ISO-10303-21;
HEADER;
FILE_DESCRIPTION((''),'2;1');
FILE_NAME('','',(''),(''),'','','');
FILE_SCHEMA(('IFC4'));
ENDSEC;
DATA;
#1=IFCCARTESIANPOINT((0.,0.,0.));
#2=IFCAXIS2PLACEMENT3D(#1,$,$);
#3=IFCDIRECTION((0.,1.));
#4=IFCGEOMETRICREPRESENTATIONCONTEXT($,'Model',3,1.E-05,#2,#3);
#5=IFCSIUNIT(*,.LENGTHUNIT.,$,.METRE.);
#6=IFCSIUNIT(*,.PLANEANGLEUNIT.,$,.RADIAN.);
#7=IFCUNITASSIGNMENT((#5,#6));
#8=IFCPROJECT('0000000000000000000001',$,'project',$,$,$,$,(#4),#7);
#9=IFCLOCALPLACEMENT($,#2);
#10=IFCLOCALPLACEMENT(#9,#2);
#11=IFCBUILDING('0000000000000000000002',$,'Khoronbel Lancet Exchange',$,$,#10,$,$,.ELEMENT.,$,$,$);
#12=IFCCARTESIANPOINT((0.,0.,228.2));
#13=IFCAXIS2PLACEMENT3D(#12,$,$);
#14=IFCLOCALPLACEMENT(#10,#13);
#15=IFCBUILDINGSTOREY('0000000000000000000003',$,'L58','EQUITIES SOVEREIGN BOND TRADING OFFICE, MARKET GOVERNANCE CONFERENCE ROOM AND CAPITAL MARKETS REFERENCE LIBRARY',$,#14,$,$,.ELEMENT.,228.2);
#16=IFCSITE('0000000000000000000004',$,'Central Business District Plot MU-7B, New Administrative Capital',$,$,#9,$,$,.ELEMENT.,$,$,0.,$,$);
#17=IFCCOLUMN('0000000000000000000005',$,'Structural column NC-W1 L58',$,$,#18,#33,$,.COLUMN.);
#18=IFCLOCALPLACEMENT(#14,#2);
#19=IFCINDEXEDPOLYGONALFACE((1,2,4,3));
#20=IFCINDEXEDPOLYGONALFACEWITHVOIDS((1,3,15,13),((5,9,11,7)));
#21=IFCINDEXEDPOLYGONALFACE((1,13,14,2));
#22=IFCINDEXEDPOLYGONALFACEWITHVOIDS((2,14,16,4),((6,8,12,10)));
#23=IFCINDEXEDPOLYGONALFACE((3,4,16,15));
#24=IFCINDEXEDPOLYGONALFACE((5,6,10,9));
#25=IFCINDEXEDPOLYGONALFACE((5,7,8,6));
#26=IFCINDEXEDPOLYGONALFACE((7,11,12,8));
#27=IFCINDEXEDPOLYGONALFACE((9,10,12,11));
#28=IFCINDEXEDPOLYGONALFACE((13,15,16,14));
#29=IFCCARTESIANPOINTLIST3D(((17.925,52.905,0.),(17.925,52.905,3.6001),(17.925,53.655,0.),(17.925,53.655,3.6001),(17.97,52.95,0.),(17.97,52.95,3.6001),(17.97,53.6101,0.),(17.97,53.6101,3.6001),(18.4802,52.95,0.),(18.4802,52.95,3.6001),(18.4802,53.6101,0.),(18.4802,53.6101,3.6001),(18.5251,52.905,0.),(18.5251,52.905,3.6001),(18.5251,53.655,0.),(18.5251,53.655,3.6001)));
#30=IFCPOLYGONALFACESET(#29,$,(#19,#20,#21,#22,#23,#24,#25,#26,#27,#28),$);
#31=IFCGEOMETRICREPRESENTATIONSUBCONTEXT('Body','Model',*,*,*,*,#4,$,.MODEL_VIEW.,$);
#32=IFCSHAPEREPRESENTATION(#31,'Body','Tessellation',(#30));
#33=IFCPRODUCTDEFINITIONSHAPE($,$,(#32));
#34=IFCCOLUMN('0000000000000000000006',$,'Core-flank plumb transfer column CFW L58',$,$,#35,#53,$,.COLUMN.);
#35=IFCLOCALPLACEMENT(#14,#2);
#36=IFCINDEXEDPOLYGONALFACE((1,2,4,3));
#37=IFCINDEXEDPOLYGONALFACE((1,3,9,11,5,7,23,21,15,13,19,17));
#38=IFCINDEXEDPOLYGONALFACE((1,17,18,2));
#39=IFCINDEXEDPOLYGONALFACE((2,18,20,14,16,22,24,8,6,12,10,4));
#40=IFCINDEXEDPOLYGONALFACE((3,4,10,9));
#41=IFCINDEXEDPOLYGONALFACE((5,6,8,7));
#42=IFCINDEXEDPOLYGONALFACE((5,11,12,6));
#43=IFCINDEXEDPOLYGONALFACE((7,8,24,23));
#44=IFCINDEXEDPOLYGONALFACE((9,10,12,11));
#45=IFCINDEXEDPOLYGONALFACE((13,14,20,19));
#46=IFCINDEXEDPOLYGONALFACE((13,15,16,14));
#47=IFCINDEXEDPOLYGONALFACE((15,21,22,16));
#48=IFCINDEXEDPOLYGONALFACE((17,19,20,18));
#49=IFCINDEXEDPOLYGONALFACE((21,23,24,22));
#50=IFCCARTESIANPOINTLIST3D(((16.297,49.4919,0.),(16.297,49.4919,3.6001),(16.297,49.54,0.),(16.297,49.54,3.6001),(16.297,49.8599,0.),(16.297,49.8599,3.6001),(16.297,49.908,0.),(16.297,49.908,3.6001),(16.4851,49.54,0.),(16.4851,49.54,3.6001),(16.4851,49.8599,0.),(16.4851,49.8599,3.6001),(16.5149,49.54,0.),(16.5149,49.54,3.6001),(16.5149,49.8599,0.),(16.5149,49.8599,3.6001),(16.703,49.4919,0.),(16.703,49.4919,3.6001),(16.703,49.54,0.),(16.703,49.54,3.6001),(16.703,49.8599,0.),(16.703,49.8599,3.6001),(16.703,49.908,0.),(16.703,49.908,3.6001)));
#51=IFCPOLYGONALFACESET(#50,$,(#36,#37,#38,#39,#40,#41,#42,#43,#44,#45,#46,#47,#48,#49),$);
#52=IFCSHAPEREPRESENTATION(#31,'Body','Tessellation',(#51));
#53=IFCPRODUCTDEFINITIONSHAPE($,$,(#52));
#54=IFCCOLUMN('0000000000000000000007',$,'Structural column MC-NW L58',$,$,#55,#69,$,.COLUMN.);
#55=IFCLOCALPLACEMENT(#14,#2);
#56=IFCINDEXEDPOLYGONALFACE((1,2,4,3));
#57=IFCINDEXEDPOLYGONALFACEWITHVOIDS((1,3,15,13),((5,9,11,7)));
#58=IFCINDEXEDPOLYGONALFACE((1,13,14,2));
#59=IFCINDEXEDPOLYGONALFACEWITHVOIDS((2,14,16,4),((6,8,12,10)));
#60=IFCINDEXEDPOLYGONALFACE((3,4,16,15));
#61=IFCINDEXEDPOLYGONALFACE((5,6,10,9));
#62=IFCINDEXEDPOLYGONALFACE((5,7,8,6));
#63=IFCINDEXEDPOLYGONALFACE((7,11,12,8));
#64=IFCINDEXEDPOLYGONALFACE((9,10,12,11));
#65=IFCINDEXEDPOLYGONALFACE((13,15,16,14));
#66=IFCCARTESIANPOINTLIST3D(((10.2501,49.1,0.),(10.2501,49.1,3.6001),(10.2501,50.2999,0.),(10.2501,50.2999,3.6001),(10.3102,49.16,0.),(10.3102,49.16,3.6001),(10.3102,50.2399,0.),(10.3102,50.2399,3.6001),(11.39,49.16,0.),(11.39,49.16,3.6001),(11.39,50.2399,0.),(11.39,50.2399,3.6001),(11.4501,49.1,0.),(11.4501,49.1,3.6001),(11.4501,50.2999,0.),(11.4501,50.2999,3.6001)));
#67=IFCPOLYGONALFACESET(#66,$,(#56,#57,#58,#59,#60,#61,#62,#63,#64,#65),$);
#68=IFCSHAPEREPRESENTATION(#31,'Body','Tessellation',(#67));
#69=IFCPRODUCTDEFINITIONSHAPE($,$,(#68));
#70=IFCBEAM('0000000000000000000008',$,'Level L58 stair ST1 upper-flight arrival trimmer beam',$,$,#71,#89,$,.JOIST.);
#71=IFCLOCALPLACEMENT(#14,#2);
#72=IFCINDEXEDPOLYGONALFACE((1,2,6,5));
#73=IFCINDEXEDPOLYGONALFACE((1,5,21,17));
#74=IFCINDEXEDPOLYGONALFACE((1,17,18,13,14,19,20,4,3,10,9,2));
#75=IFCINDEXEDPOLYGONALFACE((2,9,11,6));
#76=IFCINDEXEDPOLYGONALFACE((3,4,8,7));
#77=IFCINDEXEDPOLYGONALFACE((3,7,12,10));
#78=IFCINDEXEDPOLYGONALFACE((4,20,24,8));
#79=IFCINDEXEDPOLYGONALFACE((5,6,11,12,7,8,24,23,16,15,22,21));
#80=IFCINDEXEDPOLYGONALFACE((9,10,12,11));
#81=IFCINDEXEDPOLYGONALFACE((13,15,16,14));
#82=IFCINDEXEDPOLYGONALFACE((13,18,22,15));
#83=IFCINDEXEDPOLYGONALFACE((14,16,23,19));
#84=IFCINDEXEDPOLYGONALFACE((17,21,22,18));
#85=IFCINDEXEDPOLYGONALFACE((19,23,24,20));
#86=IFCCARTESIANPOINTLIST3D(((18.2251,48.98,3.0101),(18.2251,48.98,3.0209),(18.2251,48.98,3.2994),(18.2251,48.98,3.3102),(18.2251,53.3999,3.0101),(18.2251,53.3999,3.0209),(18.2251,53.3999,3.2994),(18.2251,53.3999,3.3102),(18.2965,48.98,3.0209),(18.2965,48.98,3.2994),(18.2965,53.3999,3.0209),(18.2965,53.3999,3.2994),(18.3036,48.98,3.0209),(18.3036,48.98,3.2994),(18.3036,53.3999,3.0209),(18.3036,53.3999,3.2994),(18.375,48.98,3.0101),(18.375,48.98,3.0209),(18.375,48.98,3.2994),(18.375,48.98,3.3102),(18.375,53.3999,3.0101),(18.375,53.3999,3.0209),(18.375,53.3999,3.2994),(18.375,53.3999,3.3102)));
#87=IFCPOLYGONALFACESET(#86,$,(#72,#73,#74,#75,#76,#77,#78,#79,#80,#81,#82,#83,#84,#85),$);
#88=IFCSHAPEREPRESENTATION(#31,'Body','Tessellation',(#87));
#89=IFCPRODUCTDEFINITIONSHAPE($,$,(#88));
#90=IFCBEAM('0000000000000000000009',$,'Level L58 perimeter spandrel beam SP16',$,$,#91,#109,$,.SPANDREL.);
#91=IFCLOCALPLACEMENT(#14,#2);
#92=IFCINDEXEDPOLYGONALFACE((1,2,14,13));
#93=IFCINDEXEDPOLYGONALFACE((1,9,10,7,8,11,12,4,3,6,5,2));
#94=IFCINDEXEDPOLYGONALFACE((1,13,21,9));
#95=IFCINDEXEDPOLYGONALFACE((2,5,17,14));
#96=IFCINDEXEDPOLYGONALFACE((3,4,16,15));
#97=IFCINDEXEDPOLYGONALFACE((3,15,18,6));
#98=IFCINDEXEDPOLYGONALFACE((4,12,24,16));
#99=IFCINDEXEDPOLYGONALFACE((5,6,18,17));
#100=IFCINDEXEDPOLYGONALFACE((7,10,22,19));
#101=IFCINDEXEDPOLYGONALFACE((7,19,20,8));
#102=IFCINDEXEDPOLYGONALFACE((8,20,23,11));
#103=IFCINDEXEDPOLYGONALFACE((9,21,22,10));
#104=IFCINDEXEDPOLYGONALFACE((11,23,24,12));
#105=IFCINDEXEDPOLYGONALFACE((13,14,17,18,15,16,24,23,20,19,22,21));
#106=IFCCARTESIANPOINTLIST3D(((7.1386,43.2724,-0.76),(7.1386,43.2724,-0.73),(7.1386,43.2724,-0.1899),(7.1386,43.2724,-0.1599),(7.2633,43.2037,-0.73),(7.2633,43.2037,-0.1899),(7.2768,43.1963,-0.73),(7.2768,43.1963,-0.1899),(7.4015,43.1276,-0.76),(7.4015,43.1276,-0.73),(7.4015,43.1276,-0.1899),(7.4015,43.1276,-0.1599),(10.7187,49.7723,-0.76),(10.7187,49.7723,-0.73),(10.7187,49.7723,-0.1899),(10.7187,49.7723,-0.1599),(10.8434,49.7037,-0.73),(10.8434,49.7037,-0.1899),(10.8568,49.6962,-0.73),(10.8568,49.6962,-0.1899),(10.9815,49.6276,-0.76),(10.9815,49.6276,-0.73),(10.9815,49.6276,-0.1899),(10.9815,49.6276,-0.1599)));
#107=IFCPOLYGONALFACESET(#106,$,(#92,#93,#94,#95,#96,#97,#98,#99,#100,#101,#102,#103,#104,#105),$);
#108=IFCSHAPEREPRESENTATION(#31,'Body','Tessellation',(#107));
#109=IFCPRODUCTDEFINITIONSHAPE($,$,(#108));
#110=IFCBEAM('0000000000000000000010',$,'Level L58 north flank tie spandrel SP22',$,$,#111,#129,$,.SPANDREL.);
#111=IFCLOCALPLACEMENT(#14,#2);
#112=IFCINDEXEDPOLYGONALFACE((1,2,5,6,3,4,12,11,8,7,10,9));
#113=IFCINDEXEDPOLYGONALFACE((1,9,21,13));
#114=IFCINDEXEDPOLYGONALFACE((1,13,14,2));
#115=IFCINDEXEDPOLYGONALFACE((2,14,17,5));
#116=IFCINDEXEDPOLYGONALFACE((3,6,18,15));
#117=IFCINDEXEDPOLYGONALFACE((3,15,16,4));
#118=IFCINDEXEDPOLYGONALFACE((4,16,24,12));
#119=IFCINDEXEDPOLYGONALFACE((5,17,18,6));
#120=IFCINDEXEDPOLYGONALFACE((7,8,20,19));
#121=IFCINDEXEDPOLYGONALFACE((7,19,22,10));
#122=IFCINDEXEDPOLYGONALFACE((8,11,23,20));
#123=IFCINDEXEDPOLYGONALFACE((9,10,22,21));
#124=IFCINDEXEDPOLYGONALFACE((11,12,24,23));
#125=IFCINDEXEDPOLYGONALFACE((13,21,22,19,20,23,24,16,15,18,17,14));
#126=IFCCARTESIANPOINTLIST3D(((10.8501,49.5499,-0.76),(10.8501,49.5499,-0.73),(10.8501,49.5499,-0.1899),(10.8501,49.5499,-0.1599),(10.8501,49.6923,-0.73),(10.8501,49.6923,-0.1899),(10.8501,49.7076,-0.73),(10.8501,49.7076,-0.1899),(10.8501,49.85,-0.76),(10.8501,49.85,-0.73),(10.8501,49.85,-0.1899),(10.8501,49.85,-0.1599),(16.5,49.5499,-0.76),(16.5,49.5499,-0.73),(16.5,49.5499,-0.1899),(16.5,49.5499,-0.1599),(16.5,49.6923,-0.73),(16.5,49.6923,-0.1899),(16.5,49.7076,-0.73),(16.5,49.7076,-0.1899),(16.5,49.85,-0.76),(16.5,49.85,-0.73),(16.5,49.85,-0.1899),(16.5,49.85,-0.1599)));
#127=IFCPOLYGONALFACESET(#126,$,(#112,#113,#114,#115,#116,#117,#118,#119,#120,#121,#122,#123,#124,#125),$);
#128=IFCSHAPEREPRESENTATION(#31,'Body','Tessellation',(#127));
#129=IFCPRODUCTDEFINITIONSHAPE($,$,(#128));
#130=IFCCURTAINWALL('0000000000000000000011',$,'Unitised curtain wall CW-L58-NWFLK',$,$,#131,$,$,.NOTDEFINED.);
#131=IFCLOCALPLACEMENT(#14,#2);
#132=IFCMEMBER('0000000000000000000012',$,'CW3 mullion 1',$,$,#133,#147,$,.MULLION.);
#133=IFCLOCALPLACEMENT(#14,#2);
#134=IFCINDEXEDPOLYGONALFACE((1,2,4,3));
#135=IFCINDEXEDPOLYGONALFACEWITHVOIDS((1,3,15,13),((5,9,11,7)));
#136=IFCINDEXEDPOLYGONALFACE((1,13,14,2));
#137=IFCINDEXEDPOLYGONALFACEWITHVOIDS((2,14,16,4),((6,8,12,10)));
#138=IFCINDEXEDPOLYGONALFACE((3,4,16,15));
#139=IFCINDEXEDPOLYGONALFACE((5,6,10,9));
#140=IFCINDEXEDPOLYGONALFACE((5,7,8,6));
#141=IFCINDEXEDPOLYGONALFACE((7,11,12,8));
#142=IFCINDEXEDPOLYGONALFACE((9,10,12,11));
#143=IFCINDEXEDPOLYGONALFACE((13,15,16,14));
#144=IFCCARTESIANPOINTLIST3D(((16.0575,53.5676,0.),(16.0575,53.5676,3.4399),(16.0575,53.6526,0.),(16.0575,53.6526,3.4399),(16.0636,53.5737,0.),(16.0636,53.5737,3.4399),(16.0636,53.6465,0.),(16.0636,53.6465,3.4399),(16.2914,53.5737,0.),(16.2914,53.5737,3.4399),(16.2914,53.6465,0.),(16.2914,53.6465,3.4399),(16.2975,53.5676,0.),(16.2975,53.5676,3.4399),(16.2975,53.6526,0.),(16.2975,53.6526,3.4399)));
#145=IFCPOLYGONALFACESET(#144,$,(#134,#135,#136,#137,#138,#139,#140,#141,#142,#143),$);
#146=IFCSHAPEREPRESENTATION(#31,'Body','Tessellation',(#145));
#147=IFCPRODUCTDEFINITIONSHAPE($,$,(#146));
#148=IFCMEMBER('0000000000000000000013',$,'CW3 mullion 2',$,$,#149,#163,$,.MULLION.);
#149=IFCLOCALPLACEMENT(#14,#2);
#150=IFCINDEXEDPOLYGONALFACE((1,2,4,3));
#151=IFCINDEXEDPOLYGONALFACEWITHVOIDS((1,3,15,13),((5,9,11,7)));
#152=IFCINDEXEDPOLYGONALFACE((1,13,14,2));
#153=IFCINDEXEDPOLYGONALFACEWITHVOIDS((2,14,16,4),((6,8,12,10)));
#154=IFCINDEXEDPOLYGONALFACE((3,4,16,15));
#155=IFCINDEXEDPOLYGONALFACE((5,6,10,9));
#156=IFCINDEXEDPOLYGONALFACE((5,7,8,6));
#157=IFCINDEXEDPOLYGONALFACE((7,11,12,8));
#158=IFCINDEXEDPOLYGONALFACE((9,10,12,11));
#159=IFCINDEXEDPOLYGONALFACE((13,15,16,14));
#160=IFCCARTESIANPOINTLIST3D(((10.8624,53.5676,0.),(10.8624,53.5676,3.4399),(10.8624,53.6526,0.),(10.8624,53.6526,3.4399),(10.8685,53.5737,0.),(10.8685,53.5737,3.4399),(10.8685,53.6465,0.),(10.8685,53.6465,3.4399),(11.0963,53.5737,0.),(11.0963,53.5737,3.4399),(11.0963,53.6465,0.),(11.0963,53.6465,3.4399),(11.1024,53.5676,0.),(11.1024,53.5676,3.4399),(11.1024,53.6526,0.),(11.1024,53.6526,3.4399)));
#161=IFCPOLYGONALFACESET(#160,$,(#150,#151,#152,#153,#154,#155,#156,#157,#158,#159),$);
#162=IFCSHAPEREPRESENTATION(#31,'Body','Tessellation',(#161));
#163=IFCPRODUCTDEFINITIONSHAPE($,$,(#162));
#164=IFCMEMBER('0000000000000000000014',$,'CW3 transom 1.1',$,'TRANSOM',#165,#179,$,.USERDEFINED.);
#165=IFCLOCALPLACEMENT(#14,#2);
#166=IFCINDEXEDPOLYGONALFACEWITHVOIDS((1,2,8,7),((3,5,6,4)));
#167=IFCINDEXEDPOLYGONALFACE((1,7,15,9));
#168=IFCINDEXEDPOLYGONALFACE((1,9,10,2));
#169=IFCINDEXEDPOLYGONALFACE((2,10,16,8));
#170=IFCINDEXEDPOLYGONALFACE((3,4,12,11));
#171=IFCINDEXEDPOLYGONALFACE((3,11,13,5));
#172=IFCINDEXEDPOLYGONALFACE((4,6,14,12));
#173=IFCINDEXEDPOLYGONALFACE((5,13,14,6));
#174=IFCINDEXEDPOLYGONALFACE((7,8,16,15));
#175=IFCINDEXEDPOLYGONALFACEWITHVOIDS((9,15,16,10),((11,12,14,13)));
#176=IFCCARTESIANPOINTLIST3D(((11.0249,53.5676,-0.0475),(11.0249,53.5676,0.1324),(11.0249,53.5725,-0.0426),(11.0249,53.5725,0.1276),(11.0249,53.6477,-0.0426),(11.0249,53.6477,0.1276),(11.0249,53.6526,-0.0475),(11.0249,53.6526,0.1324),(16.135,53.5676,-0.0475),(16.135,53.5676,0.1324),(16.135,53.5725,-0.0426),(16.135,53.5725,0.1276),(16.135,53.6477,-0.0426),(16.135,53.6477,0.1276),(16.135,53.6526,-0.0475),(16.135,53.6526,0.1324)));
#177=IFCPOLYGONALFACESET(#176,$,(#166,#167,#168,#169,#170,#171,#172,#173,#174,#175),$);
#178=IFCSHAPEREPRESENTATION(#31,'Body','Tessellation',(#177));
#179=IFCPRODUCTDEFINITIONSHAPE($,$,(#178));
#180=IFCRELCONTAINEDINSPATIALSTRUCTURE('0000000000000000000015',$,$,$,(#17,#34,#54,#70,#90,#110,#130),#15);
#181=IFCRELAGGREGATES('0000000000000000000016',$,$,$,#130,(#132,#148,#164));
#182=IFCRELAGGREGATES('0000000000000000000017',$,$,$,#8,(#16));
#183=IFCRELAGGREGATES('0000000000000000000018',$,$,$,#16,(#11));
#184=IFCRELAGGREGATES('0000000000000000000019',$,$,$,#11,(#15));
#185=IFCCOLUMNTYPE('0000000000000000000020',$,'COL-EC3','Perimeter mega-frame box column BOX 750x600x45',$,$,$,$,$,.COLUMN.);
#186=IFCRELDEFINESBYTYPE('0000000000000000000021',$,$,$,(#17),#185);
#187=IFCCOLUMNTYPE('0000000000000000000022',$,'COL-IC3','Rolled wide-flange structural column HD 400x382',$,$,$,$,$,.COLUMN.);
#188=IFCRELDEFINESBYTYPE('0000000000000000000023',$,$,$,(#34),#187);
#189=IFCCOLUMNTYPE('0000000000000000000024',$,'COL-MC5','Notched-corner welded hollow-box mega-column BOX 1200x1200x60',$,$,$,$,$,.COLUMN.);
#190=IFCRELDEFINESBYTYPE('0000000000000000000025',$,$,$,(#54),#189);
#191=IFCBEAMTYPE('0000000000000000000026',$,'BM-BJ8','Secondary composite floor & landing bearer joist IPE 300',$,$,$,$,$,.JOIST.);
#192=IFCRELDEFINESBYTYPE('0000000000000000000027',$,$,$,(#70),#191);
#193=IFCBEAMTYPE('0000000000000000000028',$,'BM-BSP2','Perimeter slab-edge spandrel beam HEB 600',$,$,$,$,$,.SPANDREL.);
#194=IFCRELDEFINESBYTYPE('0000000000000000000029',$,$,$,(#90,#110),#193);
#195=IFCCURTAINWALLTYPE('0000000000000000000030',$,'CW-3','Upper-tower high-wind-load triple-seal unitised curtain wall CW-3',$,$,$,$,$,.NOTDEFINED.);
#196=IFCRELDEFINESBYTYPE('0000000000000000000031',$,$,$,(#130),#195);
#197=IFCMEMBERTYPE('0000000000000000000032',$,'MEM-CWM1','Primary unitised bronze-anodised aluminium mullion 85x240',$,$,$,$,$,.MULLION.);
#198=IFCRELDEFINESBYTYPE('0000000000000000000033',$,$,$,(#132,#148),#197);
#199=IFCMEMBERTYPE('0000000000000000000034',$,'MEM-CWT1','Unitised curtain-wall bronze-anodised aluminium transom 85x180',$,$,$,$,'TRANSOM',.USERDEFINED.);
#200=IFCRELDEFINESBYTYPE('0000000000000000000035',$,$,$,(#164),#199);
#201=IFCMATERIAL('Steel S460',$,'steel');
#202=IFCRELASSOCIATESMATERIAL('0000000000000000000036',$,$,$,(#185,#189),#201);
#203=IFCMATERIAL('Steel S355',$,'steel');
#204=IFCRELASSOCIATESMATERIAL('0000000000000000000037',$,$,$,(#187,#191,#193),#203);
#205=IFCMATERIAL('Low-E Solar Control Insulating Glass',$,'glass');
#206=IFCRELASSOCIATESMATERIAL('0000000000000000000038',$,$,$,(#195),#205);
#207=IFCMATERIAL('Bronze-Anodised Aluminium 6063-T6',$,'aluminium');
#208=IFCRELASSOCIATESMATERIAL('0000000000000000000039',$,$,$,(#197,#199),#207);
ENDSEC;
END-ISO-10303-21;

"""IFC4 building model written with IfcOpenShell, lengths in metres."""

from ifc_helpers import new_model, si_unit, direction, frame, origin, origin_2d, place, context, subcontext, project, spatial, hollow_rectangle, i_section, extrude, material, material_profile, profile_set, type_object, element, aggregate, save


model = new_model("IFC4")

# Units and contexts
model_context = context("Model", 3, precision=1e-05, world=origin(), true_north=direction((0.0, 1.0)))
body_context = subcontext(model_context, "Body", "Model", "MODEL_VIEW")
ifc_project = project(units=[si_unit("LENGTHUNIT", "METRE"), si_unit("PLANEANGLEUNIT", "RADIAN")], contexts=[model_context])

# Site, building, storey
site_placement = place(None, origin())
site = spatial("IfcSite", under=ifc_project, at=site_placement, Name="Central Business District Plot MU-7B, New Administrative Capital", CompositionType="ELEMENT", RefElevation=0.0)
building_placement = place(site_placement, origin())
building = spatial("IfcBuilding", under=site, at=building_placement, Name="Khoronbel Lancet Exchange", CompositionType="ELEMENT")
storey_placement = place(building_placement, frame((0.0, 0.0, 228.2)))
storey = spatial("IfcBuildingStorey", under=building, at=storey_placement, Name="L58", Description="EQUITIES SOVEREIGN BOND TRADING OFFICE, MARKET GOVERNANCE CONFERENCE ROOM AND CAPITAL MARKETS REFERENCE LIBRARY", CompositionType="ELEMENT", Elevation=228.2)

# Columns
ifc_material_1 = material(Name="Steel S460", Category="steel")
ifc_material_profile_1 = material_profile(ifc_material_1, hollow_rectangle(XDim=0.6001, YDim=0.75, WallThickness=0.0449, at=origin_2d()), Name="BOX 750x600x45")
ifc_profile_set_1 = profile_set([ifc_material_profile_1], Name="Steel S460")
column_type_1 = type_object("IfcColumnType", Name="COL-EC3", Description="Perimeter mega-frame box column BOX 750x600x45", PredefinedType="COLUMN", material=ifc_profile_set_1)
column_1_placement = place(storey_placement, frame((18.2251, 53.28, 0.0), z_axis=(0.0, 0.0, 1.0), x_axis=(1.0, 0.0, 0.0)))
element("IfcColumn", 1, at=column_1_placement, inside=storey, type_object=column_type_1, Name="Structural column NC-W1 L58", PredefinedType="COLUMN", context=body_context, shape_type="SweptSolid", body=[
    extrude(hollow_rectangle(XDim=0.6001, YDim=0.75, WallThickness=0.0449, at=origin_2d()), origin(), (0.0, 0.0, 1.0), 3.6001),
])
ifc_material_2 = material(Name="Steel S355", Category="steel")
ifc_material_profile_2 = material_profile(ifc_material_2, i_section(OverallWidth=0.406, OverallDepth=0.416, WebThickness=0.0298, FlangeThickness=0.0481, at=origin_2d()), Name="HD 400x382")
ifc_profile_set_2 = profile_set([ifc_material_profile_2], Name="Steel S355")
column_type_2 = type_object("IfcColumnType", Name="COL-IC3", Description="Rolled wide-flange structural column HD 400x382", PredefinedType="COLUMN", material=ifc_profile_set_2)
column_2_placement = place(storey_placement, frame((16.5, 49.7, 0.0), z_axis=(0.0, 0.0, 1.0), x_axis=(1.0, 0.0, 0.0)))
element("IfcColumn", 2, at=column_2_placement, inside=storey, type_object=column_type_2, Name="Core-flank plumb transfer column CFW L58", PredefinedType="COLUMN", context=body_context, shape_type="SweptSolid", body=[
    extrude(i_section(OverallWidth=0.406, OverallDepth=0.416, WebThickness=0.0298, FlangeThickness=0.0481, at=origin_2d()), origin(), (0.0, 0.0, 1.0), 3.6001),
])
ifc_material_profile_3 = material_profile(ifc_material_1, hollow_rectangle(XDim=1.2, YDim=1.2, WallThickness=0.0601, at=origin_2d()), Name="BOX 1200x1200x60")
ifc_profile_set_3 = profile_set([ifc_material_profile_3], Name="Steel S460")
column_type_3 = type_object("IfcColumnType", Name="COL-MC5", Description="Notched-corner welded hollow-box mega-column BOX 1200x1200x60", PredefinedType="COLUMN", material=ifc_profile_set_3)
column_3_placement = place(storey_placement, frame((10.8501, 49.7, 0.0), z_axis=(0.0, 0.0, 1.0), x_axis=(1.0, 0.0, 0.0)))
element("IfcColumn", 3, at=column_3_placement, inside=storey, type_object=column_type_3, Name="Structural column MC-NW L58", PredefinedType="COLUMN", context=body_context, shape_type="SweptSolid", body=[
    extrude(hollow_rectangle(XDim=1.2, YDim=1.2, WallThickness=0.0601, at=origin_2d()), origin(), (0.0, 0.0, 1.0), 3.6001),
])

# Beams
ifc_material_profile_4 = material_profile(ifc_material_2, i_section(OverallWidth=0.1499, OverallDepth=0.3, WebThickness=0.0071, FlangeThickness=0.0107, at=origin_2d()), Name="IPE 300")
ifc_profile_set_4 = profile_set([ifc_material_profile_4], Name="Steel S355")
beam_type_1 = type_object("IfcBeamType", Name="BM-BJ8", Description="Secondary composite floor & landing bearer joist IPE 300", PredefinedType="JOIST", material=ifc_profile_set_4)
beam_1_placement = place(storey_placement, frame((18.3, 48.98, 3.1602), z_axis=(0.0, 1.0, 0.0), x_axis=(-1.0, 0.0, 0.0)))
element("IfcBeam", 4, at=beam_1_placement, inside=storey, type_object=beam_type_1, Name="Level L58 stair ST1 upper-flight arrival trimmer beam", PredefinedType="JOIST", context=body_context, shape_type="SweptSolid", body=[
    extrude(i_section(OverallWidth=0.1499, OverallDepth=0.3, WebThickness=0.0071, FlangeThickness=0.0107, at=origin_2d()), origin(), (0.0, 0.0, 1.0), 4.4199),
])
ifc_material_profile_5 = material_profile(ifc_material_2, i_section(OverallWidth=0.3, OverallDepth=0.6001, WebThickness=0.0154, FlangeThickness=0.03, at=origin_2d()), Name="HEB 600")
ifc_profile_set_5 = profile_set([ifc_material_profile_5], Name="Steel S355")
beam_type_2 = type_object("IfcBeamType", Name="BM-BSP2", Description="Perimeter slab-edge spandrel beam HEB 600", PredefinedType="SPANDREL", material=ifc_profile_set_5)
beam_2_placement = place(storey_placement, frame((10.8501, 49.7, -0.46), z_axis=(-0.482444, -0.875927, 0.0), x_axis=(0.875927, -0.482444, 0.0)))
element("IfcBeam", 5, at=beam_2_placement, inside=storey, type_object=beam_type_2, Name="Level L58 perimeter spandrel beam SP16", PredefinedType="SPANDREL", context=body_context, shape_type="SweptSolid", body=[
    extrude(i_section(OverallWidth=0.3, OverallDepth=0.6001, WebThickness=0.0154, FlangeThickness=0.03, at=origin_2d()), origin(), (0.0, 0.0, 1.0), 7.4207),
])
beam_3_placement = place(storey_placement, frame((10.8501, 49.7, -0.46), z_axis=(1.0, 0.0, 0.0), x_axis=(0.0, 1.0, 0.0)))
element("IfcBeam", 6, at=beam_3_placement, inside=storey, type_object=beam_type_2, Name="Level L58 north flank tie spandrel SP22", PredefinedType="SPANDREL", context=body_context, shape_type="SweptSolid", body=[
    extrude(i_section(OverallWidth=0.3, OverallDepth=0.6001, WebThickness=0.0154, FlangeThickness=0.03, at=origin_2d()), origin(), (0.0, 0.0, 1.0), 5.6499),
])

# Curtain wall, members
ifc_material_3 = material(Name="Low-E Solar Control Insulating Glass", Category="glass")
curtain_wall_type = type_object("IfcCurtainWallType", Name="CW-3", Description="Upper-tower high-wind-load triple-seal unitised curtain wall CW-3", PredefinedType="NOTDEFINED", material=ifc_material_3)
curtain_wall_placement = place(storey_placement, origin())
curtain_wall = element("IfcCurtainWall", 7, at=curtain_wall_placement, inside=storey, type_object=curtain_wall_type, Name="Unitised curtain wall CW-L58-NWFLK", PredefinedType="NOTDEFINED")
ifc_material_4 = material(Name="Bronze-Anodised Aluminium 6063-T6", Category="aluminium")
ifc_material_profile_6 = material_profile(ifc_material_4, hollow_rectangle(XDim=0.085, YDim=0.24, WallThickness=0.0061, at=origin_2d()), Name="ALU MULLION 85x240")
ifc_profile_set_6 = profile_set([ifc_material_profile_6], Name="Bronze-Anodised Aluminium 6063-T6")
member_type_1 = type_object("IfcMemberType", Name="MEM-CWM1", Description="Primary unitised bronze-anodised aluminium mullion 85x240", PredefinedType="MULLION", material=ifc_profile_set_6)
member_1_placement = place(storey_placement, frame((16.1775, 53.6101, 0.0), z_axis=(0.0, 0.0, 1.0), x_axis=(0.0, -1.0, 0.0)))
member_1 = element("IfcMember", 8, at=member_1_placement, type_object=member_type_1, Name="CW3 mullion 1", PredefinedType="MULLION", context=body_context, shape_type="SweptSolid", body=[
    extrude(hollow_rectangle(XDim=0.085, YDim=0.24, WallThickness=0.0061, at=origin_2d()), origin(), (0.0, 0.0, 1.0), 3.4399),
])
member_2_placement = place(storey_placement, frame((10.9824, 53.6101, 0.0), z_axis=(0.0, 0.0, 1.0), x_axis=(0.0, -1.0, 0.0)))
member_2 = element("IfcMember", 9, at=member_2_placement, type_object=member_type_1, Name="CW3 mullion 2", PredefinedType="MULLION", context=body_context, shape_type="SweptSolid", body=[
    extrude(hollow_rectangle(XDim=0.085, YDim=0.24, WallThickness=0.0061, at=origin_2d()), origin(), (0.0, 0.0, 1.0), 3.4399),
])
ifc_material_profile_7 = material_profile(ifc_material_4, hollow_rectangle(XDim=0.085, YDim=0.1799, WallThickness=0.0049, at=origin_2d()), Name="ALU TRANSOM 85x180")
ifc_profile_set_7 = profile_set([ifc_material_profile_7], Name="Bronze-Anodised Aluminium 6063-T6")
member_type_2 = type_object("IfcMemberType", Name="MEM-CWT1", Description="Unitised curtain-wall bronze-anodised aluminium transom 85x180", ElementType="TRANSOM", PredefinedType="USERDEFINED", material=ifc_profile_set_7)
member_3_placement = place(storey_placement, frame((16.135, 53.6101, 0.0425), z_axis=(-1.0, 0.0, 0.0), x_axis=(0.0, -1.0, 0.0)))
member_3 = element("IfcMember", 10, at=member_3_placement, type_object=member_type_2, Name="CW3 transom 1.1", ObjectType="TRANSOM", PredefinedType="USERDEFINED", context=body_context, shape_type="SweptSolid", body=[
    extrude(hollow_rectangle(XDim=0.085, YDim=0.1799, WallThickness=0.0049, at=origin_2d()), origin(), (0.0, 0.0, 1.0), 5.1101),
])
aggregate(curtain_wall, [member_1, member_2, member_3])

save(model, "model.ifc")
